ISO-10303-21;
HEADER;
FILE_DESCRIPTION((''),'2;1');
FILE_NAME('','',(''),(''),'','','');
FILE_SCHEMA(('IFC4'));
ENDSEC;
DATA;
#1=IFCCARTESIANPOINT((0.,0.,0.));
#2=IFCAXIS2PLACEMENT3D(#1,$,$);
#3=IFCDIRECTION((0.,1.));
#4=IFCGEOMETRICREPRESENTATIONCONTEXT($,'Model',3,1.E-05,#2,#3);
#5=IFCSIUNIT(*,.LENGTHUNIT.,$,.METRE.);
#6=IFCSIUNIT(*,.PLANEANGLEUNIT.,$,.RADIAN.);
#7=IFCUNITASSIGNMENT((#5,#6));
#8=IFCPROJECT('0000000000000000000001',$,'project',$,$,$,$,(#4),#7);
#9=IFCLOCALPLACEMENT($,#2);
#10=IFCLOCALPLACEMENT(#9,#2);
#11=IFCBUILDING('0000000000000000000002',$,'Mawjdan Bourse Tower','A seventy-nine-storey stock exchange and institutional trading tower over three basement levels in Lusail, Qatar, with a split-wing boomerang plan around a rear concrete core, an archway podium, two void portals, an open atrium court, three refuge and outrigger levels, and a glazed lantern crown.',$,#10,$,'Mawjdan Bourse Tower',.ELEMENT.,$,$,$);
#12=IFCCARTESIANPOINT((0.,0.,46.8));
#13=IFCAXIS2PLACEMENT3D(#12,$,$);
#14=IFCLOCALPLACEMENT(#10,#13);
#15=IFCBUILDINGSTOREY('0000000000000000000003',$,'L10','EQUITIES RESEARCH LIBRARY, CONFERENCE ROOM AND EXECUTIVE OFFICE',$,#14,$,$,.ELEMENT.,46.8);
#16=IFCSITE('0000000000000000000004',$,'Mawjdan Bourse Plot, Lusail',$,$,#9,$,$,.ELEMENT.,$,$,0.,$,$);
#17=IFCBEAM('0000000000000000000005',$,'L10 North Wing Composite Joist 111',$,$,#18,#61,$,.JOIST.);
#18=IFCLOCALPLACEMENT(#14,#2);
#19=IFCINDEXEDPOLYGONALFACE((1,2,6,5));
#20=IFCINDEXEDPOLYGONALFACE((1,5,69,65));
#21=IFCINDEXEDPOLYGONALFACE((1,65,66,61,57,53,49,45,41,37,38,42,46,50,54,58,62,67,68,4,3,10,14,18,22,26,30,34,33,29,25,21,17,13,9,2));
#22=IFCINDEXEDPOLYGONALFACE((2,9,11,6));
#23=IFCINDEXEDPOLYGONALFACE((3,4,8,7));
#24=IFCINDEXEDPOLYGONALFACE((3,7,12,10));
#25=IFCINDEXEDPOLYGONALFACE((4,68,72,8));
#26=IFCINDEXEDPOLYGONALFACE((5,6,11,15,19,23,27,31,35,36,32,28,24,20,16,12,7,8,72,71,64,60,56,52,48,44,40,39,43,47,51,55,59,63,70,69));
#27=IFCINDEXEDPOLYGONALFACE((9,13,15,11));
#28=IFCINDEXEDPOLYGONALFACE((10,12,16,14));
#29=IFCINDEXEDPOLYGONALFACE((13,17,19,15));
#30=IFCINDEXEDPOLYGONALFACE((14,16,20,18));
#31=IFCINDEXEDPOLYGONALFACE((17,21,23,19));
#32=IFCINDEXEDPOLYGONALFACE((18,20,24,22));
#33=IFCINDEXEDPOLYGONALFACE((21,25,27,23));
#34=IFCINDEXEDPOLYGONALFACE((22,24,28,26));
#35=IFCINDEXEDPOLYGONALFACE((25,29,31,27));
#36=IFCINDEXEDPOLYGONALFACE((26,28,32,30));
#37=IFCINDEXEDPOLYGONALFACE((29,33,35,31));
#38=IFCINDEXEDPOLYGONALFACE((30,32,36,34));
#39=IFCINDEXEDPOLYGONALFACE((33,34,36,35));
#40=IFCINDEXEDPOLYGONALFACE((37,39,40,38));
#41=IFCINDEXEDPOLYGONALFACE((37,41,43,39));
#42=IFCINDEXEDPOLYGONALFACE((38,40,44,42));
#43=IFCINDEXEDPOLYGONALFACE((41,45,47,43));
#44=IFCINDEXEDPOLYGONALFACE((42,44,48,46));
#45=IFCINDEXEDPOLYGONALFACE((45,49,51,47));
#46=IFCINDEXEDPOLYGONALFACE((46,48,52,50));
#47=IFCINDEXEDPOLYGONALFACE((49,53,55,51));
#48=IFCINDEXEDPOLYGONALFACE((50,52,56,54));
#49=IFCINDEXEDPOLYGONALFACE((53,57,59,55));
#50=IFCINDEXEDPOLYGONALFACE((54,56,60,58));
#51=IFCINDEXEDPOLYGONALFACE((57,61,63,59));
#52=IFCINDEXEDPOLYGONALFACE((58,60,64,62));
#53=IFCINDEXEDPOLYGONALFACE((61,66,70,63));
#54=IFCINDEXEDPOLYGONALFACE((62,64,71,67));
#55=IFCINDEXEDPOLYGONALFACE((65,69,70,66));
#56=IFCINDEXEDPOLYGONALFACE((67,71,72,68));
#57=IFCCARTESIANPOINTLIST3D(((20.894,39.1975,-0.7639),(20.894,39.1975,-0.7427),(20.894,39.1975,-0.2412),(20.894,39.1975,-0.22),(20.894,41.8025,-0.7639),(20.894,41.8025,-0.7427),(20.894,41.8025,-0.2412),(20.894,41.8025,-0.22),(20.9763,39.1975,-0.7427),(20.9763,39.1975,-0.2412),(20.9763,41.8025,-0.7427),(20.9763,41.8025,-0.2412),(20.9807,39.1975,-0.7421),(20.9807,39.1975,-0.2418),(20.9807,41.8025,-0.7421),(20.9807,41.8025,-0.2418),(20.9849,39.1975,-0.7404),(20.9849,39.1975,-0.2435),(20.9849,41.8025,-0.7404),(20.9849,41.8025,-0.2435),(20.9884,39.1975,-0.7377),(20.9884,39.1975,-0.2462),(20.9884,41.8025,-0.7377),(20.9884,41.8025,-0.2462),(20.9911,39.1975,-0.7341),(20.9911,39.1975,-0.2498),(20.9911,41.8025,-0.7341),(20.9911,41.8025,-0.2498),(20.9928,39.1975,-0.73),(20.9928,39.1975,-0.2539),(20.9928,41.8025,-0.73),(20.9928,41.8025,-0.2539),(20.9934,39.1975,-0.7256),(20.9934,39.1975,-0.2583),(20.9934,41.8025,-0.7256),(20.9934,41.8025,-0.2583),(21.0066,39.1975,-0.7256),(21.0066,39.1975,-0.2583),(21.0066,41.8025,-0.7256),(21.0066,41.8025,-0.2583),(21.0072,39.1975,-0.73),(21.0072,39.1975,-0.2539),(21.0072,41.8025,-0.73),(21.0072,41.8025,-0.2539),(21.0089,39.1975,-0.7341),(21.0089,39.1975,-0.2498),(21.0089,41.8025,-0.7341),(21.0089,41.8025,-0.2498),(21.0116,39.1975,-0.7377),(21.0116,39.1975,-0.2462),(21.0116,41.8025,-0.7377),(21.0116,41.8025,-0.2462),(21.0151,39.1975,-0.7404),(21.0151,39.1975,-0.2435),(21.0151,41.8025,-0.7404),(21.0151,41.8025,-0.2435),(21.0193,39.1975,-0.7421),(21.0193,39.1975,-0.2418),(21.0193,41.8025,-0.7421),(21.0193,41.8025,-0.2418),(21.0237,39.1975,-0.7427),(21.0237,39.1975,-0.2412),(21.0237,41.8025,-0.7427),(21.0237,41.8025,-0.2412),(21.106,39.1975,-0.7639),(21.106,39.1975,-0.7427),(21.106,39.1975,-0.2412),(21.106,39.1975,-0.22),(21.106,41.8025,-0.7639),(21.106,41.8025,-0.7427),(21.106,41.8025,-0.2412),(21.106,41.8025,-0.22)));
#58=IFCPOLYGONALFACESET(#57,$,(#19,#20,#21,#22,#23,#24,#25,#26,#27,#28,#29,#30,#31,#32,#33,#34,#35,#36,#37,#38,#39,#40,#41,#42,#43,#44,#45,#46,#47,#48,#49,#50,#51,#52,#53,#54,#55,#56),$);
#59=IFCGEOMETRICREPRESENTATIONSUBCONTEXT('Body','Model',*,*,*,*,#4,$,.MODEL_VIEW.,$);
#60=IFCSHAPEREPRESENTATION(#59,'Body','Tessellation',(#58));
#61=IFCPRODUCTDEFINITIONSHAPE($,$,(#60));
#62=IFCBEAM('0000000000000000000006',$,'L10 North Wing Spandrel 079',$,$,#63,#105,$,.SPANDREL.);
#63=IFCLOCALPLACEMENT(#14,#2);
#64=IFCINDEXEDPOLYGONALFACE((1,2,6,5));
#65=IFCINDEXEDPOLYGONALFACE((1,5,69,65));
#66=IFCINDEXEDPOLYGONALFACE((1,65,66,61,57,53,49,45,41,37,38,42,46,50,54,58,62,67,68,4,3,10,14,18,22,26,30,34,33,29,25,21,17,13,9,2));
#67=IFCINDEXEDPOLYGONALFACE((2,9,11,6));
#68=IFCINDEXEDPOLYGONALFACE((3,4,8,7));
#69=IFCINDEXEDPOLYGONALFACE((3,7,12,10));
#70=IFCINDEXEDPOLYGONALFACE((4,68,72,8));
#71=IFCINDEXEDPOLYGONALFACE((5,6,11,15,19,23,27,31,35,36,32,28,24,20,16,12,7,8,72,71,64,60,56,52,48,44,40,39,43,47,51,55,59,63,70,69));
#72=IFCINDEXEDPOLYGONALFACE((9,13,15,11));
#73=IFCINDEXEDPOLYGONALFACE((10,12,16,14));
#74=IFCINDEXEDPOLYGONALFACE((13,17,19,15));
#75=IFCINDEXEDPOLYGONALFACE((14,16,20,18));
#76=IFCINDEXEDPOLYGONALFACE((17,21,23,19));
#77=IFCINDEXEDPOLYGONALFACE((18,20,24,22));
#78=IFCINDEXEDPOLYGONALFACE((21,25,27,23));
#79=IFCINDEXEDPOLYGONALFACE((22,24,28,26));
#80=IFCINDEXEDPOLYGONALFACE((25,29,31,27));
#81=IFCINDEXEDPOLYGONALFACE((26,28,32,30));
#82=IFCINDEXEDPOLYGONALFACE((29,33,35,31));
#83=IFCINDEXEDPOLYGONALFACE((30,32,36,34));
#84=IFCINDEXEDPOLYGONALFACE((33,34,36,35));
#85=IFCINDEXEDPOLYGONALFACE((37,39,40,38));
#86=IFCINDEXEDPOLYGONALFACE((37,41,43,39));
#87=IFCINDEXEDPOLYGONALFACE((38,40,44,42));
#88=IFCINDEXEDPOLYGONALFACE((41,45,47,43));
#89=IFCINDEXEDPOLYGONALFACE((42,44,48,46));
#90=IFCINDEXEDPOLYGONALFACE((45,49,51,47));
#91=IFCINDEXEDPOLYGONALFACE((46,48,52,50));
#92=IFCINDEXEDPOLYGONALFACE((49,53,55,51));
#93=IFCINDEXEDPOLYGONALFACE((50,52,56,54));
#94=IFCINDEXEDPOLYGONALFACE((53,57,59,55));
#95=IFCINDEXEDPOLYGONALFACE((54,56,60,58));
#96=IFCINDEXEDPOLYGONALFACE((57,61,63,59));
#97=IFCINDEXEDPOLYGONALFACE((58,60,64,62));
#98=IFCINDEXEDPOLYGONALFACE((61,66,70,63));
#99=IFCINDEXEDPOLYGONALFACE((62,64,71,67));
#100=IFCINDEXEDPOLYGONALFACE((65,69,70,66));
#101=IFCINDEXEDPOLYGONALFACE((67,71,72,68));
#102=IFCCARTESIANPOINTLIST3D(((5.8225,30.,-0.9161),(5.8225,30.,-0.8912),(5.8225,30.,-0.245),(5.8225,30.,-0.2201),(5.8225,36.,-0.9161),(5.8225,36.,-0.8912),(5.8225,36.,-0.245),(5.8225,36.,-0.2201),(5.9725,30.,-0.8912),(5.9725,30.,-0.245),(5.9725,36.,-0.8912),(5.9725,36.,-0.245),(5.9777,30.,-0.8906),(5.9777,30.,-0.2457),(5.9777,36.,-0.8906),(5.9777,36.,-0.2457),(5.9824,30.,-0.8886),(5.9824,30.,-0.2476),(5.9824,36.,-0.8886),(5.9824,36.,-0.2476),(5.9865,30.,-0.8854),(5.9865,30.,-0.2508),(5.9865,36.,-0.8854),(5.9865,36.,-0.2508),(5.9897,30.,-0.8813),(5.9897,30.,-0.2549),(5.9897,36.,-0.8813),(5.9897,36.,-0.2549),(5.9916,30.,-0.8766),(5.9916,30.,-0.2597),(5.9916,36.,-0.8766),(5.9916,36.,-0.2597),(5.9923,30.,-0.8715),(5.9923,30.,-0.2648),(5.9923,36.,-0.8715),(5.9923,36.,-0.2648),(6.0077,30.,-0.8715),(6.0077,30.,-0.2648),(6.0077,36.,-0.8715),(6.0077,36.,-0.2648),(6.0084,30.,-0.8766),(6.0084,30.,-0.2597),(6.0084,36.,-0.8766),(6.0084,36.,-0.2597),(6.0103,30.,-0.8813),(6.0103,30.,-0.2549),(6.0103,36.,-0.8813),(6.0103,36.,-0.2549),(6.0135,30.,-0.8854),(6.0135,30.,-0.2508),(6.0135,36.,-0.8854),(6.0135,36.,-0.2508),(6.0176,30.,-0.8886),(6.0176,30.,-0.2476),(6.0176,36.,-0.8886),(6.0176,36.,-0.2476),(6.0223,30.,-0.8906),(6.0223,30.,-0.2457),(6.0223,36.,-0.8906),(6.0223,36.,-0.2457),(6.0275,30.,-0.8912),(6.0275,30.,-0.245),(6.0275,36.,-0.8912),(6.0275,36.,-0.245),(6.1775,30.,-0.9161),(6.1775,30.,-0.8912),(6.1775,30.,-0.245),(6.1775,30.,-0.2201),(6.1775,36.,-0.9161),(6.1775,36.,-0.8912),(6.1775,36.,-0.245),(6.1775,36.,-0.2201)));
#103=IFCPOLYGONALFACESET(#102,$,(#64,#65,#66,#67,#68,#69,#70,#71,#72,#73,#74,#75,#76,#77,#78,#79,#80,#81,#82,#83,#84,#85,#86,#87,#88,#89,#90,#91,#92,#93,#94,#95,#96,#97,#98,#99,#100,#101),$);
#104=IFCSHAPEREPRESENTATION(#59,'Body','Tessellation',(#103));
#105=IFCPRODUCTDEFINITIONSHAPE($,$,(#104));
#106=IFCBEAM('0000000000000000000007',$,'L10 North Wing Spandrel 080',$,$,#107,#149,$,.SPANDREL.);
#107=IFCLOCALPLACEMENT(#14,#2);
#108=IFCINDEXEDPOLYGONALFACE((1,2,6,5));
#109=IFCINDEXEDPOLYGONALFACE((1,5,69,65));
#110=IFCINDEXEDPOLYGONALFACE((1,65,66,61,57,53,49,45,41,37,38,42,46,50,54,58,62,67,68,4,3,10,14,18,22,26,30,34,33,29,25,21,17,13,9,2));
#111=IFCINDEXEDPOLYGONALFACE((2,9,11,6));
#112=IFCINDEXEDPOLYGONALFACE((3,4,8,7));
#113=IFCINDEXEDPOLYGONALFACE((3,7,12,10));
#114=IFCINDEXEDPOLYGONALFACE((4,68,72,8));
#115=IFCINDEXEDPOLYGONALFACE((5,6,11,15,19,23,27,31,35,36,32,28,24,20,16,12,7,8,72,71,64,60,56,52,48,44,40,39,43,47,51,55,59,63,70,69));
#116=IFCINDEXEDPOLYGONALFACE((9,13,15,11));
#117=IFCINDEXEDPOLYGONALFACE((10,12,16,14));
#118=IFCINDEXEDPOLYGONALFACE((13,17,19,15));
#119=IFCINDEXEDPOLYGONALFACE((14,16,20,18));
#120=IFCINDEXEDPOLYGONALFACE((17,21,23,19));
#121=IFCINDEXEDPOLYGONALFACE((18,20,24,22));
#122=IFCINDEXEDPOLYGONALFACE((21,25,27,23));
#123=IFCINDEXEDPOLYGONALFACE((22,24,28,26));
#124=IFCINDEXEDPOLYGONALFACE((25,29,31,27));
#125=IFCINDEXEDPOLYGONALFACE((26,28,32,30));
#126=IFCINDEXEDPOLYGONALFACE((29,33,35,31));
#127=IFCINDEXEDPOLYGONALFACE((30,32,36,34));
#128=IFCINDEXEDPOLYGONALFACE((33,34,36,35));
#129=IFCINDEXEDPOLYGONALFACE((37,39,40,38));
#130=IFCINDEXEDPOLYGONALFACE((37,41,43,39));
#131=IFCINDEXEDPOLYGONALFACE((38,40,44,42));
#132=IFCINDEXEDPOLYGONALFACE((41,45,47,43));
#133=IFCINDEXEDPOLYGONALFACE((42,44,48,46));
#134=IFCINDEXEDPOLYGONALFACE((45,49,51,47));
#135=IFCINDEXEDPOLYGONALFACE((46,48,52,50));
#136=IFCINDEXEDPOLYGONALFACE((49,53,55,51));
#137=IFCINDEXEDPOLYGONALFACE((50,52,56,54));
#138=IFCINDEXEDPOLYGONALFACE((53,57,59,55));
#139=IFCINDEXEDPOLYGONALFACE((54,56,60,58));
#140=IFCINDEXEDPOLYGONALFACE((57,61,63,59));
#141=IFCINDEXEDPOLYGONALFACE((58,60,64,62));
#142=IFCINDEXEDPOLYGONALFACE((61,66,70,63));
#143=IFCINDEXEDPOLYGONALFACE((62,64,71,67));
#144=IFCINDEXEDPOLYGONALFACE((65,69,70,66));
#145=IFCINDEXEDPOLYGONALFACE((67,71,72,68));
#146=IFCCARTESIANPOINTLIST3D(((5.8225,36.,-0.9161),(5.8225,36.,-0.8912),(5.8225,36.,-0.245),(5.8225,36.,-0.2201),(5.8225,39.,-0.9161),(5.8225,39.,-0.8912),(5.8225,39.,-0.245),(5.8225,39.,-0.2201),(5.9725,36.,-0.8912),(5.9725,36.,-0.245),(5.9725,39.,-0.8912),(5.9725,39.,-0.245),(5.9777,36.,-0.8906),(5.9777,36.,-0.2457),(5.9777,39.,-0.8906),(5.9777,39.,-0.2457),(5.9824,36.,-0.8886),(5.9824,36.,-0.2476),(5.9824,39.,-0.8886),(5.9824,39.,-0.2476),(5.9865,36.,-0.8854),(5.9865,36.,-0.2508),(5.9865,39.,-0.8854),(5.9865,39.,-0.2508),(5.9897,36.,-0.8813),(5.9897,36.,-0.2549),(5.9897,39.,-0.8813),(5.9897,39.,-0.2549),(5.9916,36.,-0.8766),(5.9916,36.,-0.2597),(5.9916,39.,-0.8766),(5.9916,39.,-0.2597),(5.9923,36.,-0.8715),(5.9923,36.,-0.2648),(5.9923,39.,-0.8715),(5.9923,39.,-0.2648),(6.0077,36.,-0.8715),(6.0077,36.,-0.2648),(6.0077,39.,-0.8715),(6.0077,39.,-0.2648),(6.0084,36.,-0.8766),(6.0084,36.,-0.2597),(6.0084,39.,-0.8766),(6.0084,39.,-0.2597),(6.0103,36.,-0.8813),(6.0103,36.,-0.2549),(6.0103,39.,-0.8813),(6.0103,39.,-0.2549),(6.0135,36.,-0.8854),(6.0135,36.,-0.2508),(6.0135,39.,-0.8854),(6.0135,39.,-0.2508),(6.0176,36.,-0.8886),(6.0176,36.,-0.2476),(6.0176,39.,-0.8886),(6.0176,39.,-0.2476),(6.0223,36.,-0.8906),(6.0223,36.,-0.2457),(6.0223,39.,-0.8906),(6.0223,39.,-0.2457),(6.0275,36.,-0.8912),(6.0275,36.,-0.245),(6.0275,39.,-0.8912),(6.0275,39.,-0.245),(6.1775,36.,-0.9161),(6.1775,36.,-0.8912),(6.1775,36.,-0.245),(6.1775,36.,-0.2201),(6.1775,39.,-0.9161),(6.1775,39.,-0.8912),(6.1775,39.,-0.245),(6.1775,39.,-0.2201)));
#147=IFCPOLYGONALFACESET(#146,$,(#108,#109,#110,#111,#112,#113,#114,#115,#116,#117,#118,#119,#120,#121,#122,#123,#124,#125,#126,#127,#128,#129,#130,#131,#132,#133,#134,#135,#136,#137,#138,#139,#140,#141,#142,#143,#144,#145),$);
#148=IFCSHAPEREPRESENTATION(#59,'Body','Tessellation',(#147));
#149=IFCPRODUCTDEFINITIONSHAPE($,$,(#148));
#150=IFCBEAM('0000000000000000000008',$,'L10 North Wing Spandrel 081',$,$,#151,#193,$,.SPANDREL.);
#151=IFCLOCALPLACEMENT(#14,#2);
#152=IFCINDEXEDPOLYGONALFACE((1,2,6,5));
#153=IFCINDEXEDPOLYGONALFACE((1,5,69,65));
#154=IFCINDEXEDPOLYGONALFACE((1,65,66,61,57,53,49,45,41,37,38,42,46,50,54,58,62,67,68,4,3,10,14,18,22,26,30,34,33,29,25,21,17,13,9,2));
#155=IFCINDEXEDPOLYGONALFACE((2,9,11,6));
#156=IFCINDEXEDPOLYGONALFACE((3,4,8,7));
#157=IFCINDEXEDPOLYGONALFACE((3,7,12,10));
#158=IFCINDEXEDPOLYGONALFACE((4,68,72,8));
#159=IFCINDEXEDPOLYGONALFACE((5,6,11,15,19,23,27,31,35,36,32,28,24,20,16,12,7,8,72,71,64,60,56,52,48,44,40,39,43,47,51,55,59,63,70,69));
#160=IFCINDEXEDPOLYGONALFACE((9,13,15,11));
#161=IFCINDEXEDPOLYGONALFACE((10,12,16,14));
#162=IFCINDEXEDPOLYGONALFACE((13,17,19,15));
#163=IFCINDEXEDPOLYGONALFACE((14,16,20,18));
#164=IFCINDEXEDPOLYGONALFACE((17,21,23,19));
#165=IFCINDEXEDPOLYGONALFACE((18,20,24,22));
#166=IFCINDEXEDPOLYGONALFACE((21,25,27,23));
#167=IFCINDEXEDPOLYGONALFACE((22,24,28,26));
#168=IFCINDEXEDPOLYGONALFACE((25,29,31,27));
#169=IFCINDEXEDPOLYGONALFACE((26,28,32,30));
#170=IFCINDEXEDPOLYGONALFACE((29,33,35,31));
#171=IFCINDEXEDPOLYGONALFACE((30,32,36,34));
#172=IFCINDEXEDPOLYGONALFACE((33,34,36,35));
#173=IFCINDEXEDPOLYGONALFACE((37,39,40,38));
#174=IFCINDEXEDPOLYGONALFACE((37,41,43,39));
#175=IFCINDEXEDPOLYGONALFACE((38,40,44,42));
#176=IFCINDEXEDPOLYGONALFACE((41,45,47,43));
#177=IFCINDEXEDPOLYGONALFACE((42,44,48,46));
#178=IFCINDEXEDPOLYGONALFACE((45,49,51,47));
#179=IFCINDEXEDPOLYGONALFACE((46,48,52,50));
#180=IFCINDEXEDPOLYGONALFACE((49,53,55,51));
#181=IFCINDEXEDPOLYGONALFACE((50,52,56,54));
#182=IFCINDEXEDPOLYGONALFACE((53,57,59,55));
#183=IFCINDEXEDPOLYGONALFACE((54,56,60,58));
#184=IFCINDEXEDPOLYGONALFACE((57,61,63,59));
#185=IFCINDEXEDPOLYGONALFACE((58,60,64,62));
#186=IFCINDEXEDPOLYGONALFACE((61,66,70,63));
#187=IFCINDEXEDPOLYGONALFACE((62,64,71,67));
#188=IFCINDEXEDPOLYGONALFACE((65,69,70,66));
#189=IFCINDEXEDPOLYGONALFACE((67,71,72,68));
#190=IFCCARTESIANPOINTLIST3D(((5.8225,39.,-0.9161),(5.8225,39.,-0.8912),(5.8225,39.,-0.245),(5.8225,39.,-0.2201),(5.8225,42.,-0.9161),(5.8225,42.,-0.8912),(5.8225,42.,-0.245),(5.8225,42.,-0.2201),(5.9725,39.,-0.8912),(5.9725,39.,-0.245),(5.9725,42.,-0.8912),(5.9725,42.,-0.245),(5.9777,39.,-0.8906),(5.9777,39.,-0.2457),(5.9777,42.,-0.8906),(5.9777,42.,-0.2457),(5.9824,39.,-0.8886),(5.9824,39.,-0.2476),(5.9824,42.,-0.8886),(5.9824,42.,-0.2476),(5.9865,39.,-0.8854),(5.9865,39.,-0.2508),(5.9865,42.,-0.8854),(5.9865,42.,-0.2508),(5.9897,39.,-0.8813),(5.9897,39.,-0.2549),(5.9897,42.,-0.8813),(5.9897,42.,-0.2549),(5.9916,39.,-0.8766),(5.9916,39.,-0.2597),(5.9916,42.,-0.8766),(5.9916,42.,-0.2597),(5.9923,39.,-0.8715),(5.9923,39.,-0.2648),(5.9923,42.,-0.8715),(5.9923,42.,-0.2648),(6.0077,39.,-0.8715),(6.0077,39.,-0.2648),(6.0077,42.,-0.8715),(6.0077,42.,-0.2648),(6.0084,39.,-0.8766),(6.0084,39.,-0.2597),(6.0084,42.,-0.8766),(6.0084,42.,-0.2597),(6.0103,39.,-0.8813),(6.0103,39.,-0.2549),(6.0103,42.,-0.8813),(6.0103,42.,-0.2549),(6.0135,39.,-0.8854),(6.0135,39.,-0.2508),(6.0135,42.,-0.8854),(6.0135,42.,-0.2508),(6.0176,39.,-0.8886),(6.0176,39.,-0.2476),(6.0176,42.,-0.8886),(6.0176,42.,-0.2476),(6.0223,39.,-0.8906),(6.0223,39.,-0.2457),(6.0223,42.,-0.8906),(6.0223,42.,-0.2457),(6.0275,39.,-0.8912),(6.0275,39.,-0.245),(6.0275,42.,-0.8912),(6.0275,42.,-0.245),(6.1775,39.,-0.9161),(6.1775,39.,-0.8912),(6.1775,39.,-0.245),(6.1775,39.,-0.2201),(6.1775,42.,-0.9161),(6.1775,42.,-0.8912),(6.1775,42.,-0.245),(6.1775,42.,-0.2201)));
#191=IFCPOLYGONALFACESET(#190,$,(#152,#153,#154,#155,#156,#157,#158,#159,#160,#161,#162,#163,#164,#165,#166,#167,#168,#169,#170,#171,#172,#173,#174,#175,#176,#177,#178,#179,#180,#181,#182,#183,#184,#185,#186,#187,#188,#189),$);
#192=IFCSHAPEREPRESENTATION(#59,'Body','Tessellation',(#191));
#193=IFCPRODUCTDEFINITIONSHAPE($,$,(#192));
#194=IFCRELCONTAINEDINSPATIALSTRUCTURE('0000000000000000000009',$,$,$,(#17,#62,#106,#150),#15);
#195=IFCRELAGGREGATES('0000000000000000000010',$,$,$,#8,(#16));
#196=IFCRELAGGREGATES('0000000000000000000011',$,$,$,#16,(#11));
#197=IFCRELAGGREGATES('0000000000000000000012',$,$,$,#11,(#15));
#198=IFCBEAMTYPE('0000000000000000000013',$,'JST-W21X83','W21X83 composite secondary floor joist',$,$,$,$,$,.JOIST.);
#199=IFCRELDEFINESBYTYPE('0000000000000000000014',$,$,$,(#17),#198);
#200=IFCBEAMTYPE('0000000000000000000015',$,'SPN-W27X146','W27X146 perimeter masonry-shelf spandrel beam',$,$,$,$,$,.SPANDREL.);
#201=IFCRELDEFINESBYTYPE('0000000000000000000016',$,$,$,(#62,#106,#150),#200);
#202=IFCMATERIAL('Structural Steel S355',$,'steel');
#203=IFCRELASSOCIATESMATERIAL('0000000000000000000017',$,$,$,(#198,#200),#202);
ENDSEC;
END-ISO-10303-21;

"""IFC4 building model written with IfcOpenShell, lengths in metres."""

from ifc_helpers import new_model, si_unit, direction, frame, origin, origin_2d, place, context, subcontext, project, spatial, i_section, extrude, material, material_profile, profile_set, type_object, element, save


model = new_model("IFC4")

# Units and contexts
model_context = context("Model", 3, precision=1e-05, world=origin(), true_north=direction((0.0, 1.0)))
body_context = subcontext(model_context, "Body", "Model", "MODEL_VIEW")
ifc_project = project(units=[si_unit("LENGTHUNIT", "METRE"), si_unit("PLANEANGLEUNIT", "RADIAN")], contexts=[model_context])

# Site, building, storey
site_placement = place(None, origin())
site = spatial("IfcSite", under=ifc_project, at=site_placement, Name="Mawjdan Bourse Plot, Lusail", CompositionType="ELEMENT", RefElevation=0.0)
building_placement = place(site_placement, origin())
building = spatial("IfcBuilding", under=site, at=building_placement, Name="Mawjdan Bourse Tower", Description="A seventy-nine-storey stock exchange and institutional trading tower over three basement levels in Lusail, Qatar, with a split-wing boomerang plan around a rear concrete core, an archway podium, two void portals, an open atrium court, three refuge and outrigger levels, and a glazed lantern crown.", LongName="Mawjdan Bourse Tower", CompositionType="ELEMENT")
storey_placement = place(building_placement, frame((0.0, 0.0, 46.8)))
storey = spatial("IfcBuildingStorey", under=building, at=storey_placement, Name="L10", Description="EQUITIES RESEARCH LIBRARY, CONFERENCE ROOM AND EXECUTIVE OFFICE", CompositionType="ELEMENT", Elevation=46.8)

# Beams
ifc_material_1 = material(Name="Structural Steel S355", Category="steel")
ifc_material_profile_1 = material_profile(ifc_material_1, i_section(OverallWidth=0.2119, OverallDepth=0.5439, WebThickness=0.0132, FlangeThickness=0.0212, FilletRadius=0.0171, at=origin_2d()), Name="W21X83")
ifc_profile_set_1 = profile_set([ifc_material_profile_1], Name="Structural Steel S355")
beam_type_1 = type_object("IfcBeamType", Name="JST-W21X83", Description="W21X83 composite secondary floor joist", PredefinedType="JOIST", material=ifc_profile_set_1)
for number, where, z_axis, x_axis, name in (
    (1, (21.0, 39.1975, -0.4919), (0.0, 1.0, 0.0), (-1.0, 0.0, 0.0), "L10 North Wing Composite Joist 111"),
):
    element("IfcBeam", number, at=place(storey_placement, frame(where, z_axis=z_axis, x_axis=x_axis)), inside=storey, type_object=beam_type_1, Name=name, PredefinedType="JOIST", context=body_context, shape_type="SweptSolid", body=[
        extrude(i_section(OverallWidth=0.2119, OverallDepth=0.5439, WebThickness=0.0132, FlangeThickness=0.0212, FilletRadius=0.0171, at=origin_2d()), origin(), (0.0, 0.0, 1.0), 2.605),
    ])
ifc_material_profile_2 = material_profile(ifc_material_1, i_section(OverallWidth=0.355, OverallDepth=0.696, WebThickness=0.0154, FlangeThickness=0.0249, FilletRadius=0.0198, at=origin_2d()), Name="W27X146")
ifc_profile_set_2 = profile_set([ifc_material_profile_2], Name="Structural Steel S355")
beam_type_2 = type_object("IfcBeamType", Name="SPN-W27X146", Description="W27X146 perimeter masonry-shelf spandrel beam", PredefinedType="SPANDREL", material=ifc_profile_set_2)
beam_1_placement = place(storey_placement, frame((6.0, 30.0, -0.5681), z_axis=(0.0, 1.0, 0.0), x_axis=(-1.0, 0.0, 0.0)))
element("IfcBeam", 2, at=beam_1_placement, inside=storey, type_object=beam_type_2, Name="L10 North Wing Spandrel 079", PredefinedType="SPANDREL", context=body_context, shape_type="SweptSolid", body=[
    extrude(i_section(OverallWidth=0.355, OverallDepth=0.696, WebThickness=0.0154, FlangeThickness=0.0249, FilletRadius=0.0198, at=origin_2d()), origin(), (0.0, 0.0, 1.0), 6.0),
])
for number, where, z_axis, x_axis, name in (
    (3, (6.0, 36.0, -0.5681), (0.0, 1.0, 0.0), (-1.0, 0.0, 0.0), "L10 North Wing Spandrel 080"),
    (4, (6.0, 39.0, -0.5681), (0.0, 1.0, 0.0), (-1.0, 0.0, 0.0), "L10 North Wing Spandrel 081"),
):
    element("IfcBeam", number, at=place(storey_placement, frame(where, z_axis=z_axis, x_axis=x_axis)), inside=storey, type_object=beam_type_2, Name=name, PredefinedType="SPANDREL", context=body_context, shape_type="SweptSolid", body=[
        extrude(i_section(OverallWidth=0.355, OverallDepth=0.696, WebThickness=0.0154, FlangeThickness=0.0249, FilletRadius=0.0198, at=origin_2d()), origin(), (0.0, 0.0, 1.0), 3.0),
    ])

save(model, "model.ifc")
